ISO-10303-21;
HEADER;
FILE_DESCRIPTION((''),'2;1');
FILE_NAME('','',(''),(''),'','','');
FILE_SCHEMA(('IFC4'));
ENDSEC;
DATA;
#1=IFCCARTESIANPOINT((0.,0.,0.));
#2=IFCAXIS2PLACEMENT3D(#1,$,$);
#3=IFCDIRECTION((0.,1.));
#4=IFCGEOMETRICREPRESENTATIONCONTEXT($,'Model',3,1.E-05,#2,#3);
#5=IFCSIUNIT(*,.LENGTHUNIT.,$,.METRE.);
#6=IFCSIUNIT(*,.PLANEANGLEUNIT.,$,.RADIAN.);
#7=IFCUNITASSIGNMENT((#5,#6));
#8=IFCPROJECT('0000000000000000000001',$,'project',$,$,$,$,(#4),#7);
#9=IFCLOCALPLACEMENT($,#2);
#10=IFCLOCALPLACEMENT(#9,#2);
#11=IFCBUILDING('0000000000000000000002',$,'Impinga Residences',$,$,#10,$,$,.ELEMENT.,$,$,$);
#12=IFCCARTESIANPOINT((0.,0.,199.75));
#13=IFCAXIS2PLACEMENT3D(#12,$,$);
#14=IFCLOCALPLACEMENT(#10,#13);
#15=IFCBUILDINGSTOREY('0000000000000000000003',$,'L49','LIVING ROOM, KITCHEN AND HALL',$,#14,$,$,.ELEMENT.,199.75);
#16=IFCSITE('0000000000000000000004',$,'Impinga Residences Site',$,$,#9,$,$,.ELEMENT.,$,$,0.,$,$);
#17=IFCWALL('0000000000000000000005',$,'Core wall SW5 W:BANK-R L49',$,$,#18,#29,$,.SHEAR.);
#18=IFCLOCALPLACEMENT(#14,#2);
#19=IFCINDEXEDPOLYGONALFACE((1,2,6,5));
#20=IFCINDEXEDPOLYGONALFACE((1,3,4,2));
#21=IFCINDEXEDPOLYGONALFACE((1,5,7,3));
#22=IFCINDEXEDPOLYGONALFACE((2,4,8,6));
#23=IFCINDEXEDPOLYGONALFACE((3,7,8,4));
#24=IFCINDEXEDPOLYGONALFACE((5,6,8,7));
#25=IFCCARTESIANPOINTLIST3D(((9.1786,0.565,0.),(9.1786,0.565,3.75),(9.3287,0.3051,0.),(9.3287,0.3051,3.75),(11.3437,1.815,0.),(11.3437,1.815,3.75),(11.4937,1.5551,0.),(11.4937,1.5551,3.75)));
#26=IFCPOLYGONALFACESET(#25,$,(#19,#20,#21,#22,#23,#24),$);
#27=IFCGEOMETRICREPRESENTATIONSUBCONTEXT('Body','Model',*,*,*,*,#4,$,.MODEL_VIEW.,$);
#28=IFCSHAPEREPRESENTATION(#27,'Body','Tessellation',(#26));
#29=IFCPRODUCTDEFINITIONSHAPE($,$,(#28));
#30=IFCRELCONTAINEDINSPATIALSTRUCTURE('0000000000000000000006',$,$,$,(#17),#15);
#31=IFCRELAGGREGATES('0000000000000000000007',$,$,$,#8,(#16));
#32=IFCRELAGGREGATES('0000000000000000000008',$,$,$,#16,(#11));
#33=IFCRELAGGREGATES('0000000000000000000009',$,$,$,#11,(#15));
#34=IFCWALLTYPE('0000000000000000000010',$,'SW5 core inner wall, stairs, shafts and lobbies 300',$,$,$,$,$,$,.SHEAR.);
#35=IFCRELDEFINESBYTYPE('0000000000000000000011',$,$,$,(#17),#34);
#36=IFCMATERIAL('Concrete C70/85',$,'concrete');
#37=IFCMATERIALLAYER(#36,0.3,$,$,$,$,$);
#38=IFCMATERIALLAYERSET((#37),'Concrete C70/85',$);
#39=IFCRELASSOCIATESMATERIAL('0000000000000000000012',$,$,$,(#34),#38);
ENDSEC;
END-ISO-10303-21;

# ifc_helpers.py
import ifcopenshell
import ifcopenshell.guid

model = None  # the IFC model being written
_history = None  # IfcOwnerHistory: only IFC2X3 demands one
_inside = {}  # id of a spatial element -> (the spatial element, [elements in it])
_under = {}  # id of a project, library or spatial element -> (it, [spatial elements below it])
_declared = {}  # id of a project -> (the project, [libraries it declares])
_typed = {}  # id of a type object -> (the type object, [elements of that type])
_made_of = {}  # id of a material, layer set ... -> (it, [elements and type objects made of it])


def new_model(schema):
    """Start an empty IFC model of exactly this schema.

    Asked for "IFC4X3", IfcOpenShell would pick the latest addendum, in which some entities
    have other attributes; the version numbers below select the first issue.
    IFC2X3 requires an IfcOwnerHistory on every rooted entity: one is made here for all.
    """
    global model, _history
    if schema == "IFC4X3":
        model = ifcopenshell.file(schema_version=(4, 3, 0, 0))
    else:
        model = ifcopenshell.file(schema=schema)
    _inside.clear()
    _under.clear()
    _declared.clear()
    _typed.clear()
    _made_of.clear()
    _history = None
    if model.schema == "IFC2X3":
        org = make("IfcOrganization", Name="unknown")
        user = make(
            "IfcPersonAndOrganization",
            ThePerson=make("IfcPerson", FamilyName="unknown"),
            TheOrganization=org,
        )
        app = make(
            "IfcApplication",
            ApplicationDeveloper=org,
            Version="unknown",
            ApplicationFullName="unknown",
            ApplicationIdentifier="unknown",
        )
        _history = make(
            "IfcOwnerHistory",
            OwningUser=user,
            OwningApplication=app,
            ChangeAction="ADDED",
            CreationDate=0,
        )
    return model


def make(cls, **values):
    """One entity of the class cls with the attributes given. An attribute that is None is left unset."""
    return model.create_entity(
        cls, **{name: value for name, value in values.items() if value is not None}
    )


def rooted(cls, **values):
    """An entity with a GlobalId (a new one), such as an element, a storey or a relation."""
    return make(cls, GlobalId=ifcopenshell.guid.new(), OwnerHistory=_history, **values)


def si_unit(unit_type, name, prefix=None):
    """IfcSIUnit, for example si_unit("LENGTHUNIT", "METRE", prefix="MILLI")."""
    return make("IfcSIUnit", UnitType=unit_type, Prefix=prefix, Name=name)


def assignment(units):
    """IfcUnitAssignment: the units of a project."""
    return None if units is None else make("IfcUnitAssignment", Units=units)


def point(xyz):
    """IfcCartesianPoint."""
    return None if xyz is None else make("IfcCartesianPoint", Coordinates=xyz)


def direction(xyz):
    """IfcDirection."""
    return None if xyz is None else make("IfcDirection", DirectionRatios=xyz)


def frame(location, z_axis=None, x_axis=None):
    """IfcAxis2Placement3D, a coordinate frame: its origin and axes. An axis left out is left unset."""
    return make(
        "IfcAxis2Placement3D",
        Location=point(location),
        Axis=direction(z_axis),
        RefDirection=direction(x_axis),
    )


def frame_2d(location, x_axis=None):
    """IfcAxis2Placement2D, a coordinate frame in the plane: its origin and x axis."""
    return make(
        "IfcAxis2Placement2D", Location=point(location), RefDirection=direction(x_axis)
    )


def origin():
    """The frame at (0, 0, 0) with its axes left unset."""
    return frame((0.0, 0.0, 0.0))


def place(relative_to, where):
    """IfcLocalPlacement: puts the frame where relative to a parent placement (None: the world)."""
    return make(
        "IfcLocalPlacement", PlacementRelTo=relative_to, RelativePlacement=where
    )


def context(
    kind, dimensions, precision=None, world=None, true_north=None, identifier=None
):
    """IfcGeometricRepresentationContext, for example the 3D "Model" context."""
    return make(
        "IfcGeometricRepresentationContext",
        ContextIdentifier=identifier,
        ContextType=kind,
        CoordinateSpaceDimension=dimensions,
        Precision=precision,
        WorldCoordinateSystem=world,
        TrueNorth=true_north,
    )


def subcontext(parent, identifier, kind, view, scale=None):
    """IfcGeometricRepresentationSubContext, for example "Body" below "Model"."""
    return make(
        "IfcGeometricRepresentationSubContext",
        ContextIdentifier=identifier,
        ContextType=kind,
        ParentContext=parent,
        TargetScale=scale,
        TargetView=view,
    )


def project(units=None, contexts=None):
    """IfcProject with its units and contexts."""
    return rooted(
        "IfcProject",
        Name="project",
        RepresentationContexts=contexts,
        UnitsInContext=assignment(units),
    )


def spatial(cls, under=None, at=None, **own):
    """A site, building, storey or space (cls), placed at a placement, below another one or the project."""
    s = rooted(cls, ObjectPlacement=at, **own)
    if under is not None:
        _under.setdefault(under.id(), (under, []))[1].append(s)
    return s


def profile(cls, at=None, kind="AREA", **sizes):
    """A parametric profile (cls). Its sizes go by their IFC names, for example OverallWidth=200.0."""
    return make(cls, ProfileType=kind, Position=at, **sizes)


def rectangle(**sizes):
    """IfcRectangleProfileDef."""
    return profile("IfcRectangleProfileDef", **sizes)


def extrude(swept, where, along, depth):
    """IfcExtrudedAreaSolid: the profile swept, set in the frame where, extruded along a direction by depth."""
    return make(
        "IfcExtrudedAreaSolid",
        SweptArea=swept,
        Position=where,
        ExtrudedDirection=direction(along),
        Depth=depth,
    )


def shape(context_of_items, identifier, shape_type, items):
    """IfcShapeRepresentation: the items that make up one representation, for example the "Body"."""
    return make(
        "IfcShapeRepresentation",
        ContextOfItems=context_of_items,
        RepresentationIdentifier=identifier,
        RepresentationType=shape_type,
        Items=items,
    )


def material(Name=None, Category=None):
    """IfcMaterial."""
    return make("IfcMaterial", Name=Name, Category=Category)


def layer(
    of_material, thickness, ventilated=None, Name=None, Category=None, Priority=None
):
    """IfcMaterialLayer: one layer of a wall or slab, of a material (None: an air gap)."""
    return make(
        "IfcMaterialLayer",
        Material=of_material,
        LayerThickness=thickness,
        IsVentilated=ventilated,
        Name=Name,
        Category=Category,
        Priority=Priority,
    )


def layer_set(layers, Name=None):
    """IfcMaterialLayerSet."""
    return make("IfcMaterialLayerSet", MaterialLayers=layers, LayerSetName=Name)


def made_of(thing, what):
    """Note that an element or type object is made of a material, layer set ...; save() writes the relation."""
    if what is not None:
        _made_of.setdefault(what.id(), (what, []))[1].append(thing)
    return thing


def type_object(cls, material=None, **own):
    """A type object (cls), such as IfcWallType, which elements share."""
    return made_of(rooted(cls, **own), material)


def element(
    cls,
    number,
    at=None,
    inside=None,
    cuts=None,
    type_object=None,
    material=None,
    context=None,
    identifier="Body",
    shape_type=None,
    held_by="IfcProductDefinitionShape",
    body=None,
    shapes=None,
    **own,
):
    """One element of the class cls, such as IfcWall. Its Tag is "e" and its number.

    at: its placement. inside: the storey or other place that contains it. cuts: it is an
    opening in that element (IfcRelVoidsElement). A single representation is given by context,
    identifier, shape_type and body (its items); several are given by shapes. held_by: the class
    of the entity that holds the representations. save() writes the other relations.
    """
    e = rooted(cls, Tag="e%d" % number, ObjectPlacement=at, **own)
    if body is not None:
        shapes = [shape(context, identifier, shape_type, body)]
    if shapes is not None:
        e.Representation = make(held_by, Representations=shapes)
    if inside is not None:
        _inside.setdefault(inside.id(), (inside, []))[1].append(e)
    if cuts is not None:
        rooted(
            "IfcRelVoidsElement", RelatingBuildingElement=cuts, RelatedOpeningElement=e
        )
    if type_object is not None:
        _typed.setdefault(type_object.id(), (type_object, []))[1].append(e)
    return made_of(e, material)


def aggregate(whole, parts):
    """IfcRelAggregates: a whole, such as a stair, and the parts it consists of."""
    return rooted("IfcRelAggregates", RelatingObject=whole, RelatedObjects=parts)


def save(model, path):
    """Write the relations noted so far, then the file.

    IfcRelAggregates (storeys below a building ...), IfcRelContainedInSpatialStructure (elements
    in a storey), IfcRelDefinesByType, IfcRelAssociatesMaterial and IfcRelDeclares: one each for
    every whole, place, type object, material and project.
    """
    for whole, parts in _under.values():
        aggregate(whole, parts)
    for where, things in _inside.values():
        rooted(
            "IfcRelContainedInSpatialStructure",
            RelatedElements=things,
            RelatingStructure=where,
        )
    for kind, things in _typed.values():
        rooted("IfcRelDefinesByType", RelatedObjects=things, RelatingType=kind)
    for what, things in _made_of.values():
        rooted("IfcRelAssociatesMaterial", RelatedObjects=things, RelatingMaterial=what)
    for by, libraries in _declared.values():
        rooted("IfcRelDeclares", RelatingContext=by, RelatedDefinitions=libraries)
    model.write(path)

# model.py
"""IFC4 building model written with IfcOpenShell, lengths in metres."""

from ifc_helpers import new_model, si_unit, direction, frame, frame_2d, origin, place, context, subcontext, project, spatial, rectangle, extrude, material, layer, layer_set, type_object, element, save


model = new_model("IFC4")

# Units and contexts
model_context = context("Model", 3, precision=1e-05, world=origin(), true_north=direction((0.0, 1.0)))
body_context = subcontext(model_context, "Body", "Model", "MODEL_VIEW")
ifc_project = project(units=[si_unit("LENGTHUNIT", "METRE"), si_unit("PLANEANGLEUNIT", "RADIAN")], contexts=[model_context])

# Site, building, storey
site_placement = place(None, origin())
site = spatial("IfcSite", under=ifc_project, at=site_placement, Name="Impinga Residences Site", CompositionType="ELEMENT", RefElevation=0.0)
building_placement = place(site_placement, origin())
building = spatial("IfcBuilding", under=site, at=building_placement, Name="Impinga Residences", CompositionType="ELEMENT")
storey_placement = place(building_placement, frame((0.0, 0.0, 199.75)))
storey = spatial("IfcBuildingStorey", under=building, at=storey_placement, Name="L49", Description="LIVING ROOM, KITCHEN AND HALL", CompositionType="ELEMENT", Elevation=199.75)

# Wall
ifc_material_1 = material(Name="Concrete C70/85", Category="concrete")
ifc_layer_1 = layer(ifc_material_1, 0.3)
ifc_layer_set_1 = layer_set([ifc_layer_1], Name="Concrete C70/85")
wall_type_1 = type_object("IfcWallType", Name="SW5 core inner wall, stairs, shafts and lobbies 300", PredefinedType="SHEAR", material=ifc_layer_set_1)
wall_1_placement = place(storey_placement, frame((9.2537, 0.4351, 0.0), z_axis=(0.0, 0.0, 1.0), x_axis=(0.866023, 0.500004, 0.0)))
element("IfcWall", 1, at=wall_1_placement, inside=storey, type_object=wall_type_1, Name="Core wall SW5 W:BANK-R L49", PredefinedType="SHEAR", context=body_context, shape_type="SweptSolid", body=[
    extrude(rectangle(XDim=2.5, YDim=0.3, at=frame_2d((1.25, 0.0))), origin(), (0.0, 0.0, 1.0), 3.75),
])

save(model, "model.ifc")
